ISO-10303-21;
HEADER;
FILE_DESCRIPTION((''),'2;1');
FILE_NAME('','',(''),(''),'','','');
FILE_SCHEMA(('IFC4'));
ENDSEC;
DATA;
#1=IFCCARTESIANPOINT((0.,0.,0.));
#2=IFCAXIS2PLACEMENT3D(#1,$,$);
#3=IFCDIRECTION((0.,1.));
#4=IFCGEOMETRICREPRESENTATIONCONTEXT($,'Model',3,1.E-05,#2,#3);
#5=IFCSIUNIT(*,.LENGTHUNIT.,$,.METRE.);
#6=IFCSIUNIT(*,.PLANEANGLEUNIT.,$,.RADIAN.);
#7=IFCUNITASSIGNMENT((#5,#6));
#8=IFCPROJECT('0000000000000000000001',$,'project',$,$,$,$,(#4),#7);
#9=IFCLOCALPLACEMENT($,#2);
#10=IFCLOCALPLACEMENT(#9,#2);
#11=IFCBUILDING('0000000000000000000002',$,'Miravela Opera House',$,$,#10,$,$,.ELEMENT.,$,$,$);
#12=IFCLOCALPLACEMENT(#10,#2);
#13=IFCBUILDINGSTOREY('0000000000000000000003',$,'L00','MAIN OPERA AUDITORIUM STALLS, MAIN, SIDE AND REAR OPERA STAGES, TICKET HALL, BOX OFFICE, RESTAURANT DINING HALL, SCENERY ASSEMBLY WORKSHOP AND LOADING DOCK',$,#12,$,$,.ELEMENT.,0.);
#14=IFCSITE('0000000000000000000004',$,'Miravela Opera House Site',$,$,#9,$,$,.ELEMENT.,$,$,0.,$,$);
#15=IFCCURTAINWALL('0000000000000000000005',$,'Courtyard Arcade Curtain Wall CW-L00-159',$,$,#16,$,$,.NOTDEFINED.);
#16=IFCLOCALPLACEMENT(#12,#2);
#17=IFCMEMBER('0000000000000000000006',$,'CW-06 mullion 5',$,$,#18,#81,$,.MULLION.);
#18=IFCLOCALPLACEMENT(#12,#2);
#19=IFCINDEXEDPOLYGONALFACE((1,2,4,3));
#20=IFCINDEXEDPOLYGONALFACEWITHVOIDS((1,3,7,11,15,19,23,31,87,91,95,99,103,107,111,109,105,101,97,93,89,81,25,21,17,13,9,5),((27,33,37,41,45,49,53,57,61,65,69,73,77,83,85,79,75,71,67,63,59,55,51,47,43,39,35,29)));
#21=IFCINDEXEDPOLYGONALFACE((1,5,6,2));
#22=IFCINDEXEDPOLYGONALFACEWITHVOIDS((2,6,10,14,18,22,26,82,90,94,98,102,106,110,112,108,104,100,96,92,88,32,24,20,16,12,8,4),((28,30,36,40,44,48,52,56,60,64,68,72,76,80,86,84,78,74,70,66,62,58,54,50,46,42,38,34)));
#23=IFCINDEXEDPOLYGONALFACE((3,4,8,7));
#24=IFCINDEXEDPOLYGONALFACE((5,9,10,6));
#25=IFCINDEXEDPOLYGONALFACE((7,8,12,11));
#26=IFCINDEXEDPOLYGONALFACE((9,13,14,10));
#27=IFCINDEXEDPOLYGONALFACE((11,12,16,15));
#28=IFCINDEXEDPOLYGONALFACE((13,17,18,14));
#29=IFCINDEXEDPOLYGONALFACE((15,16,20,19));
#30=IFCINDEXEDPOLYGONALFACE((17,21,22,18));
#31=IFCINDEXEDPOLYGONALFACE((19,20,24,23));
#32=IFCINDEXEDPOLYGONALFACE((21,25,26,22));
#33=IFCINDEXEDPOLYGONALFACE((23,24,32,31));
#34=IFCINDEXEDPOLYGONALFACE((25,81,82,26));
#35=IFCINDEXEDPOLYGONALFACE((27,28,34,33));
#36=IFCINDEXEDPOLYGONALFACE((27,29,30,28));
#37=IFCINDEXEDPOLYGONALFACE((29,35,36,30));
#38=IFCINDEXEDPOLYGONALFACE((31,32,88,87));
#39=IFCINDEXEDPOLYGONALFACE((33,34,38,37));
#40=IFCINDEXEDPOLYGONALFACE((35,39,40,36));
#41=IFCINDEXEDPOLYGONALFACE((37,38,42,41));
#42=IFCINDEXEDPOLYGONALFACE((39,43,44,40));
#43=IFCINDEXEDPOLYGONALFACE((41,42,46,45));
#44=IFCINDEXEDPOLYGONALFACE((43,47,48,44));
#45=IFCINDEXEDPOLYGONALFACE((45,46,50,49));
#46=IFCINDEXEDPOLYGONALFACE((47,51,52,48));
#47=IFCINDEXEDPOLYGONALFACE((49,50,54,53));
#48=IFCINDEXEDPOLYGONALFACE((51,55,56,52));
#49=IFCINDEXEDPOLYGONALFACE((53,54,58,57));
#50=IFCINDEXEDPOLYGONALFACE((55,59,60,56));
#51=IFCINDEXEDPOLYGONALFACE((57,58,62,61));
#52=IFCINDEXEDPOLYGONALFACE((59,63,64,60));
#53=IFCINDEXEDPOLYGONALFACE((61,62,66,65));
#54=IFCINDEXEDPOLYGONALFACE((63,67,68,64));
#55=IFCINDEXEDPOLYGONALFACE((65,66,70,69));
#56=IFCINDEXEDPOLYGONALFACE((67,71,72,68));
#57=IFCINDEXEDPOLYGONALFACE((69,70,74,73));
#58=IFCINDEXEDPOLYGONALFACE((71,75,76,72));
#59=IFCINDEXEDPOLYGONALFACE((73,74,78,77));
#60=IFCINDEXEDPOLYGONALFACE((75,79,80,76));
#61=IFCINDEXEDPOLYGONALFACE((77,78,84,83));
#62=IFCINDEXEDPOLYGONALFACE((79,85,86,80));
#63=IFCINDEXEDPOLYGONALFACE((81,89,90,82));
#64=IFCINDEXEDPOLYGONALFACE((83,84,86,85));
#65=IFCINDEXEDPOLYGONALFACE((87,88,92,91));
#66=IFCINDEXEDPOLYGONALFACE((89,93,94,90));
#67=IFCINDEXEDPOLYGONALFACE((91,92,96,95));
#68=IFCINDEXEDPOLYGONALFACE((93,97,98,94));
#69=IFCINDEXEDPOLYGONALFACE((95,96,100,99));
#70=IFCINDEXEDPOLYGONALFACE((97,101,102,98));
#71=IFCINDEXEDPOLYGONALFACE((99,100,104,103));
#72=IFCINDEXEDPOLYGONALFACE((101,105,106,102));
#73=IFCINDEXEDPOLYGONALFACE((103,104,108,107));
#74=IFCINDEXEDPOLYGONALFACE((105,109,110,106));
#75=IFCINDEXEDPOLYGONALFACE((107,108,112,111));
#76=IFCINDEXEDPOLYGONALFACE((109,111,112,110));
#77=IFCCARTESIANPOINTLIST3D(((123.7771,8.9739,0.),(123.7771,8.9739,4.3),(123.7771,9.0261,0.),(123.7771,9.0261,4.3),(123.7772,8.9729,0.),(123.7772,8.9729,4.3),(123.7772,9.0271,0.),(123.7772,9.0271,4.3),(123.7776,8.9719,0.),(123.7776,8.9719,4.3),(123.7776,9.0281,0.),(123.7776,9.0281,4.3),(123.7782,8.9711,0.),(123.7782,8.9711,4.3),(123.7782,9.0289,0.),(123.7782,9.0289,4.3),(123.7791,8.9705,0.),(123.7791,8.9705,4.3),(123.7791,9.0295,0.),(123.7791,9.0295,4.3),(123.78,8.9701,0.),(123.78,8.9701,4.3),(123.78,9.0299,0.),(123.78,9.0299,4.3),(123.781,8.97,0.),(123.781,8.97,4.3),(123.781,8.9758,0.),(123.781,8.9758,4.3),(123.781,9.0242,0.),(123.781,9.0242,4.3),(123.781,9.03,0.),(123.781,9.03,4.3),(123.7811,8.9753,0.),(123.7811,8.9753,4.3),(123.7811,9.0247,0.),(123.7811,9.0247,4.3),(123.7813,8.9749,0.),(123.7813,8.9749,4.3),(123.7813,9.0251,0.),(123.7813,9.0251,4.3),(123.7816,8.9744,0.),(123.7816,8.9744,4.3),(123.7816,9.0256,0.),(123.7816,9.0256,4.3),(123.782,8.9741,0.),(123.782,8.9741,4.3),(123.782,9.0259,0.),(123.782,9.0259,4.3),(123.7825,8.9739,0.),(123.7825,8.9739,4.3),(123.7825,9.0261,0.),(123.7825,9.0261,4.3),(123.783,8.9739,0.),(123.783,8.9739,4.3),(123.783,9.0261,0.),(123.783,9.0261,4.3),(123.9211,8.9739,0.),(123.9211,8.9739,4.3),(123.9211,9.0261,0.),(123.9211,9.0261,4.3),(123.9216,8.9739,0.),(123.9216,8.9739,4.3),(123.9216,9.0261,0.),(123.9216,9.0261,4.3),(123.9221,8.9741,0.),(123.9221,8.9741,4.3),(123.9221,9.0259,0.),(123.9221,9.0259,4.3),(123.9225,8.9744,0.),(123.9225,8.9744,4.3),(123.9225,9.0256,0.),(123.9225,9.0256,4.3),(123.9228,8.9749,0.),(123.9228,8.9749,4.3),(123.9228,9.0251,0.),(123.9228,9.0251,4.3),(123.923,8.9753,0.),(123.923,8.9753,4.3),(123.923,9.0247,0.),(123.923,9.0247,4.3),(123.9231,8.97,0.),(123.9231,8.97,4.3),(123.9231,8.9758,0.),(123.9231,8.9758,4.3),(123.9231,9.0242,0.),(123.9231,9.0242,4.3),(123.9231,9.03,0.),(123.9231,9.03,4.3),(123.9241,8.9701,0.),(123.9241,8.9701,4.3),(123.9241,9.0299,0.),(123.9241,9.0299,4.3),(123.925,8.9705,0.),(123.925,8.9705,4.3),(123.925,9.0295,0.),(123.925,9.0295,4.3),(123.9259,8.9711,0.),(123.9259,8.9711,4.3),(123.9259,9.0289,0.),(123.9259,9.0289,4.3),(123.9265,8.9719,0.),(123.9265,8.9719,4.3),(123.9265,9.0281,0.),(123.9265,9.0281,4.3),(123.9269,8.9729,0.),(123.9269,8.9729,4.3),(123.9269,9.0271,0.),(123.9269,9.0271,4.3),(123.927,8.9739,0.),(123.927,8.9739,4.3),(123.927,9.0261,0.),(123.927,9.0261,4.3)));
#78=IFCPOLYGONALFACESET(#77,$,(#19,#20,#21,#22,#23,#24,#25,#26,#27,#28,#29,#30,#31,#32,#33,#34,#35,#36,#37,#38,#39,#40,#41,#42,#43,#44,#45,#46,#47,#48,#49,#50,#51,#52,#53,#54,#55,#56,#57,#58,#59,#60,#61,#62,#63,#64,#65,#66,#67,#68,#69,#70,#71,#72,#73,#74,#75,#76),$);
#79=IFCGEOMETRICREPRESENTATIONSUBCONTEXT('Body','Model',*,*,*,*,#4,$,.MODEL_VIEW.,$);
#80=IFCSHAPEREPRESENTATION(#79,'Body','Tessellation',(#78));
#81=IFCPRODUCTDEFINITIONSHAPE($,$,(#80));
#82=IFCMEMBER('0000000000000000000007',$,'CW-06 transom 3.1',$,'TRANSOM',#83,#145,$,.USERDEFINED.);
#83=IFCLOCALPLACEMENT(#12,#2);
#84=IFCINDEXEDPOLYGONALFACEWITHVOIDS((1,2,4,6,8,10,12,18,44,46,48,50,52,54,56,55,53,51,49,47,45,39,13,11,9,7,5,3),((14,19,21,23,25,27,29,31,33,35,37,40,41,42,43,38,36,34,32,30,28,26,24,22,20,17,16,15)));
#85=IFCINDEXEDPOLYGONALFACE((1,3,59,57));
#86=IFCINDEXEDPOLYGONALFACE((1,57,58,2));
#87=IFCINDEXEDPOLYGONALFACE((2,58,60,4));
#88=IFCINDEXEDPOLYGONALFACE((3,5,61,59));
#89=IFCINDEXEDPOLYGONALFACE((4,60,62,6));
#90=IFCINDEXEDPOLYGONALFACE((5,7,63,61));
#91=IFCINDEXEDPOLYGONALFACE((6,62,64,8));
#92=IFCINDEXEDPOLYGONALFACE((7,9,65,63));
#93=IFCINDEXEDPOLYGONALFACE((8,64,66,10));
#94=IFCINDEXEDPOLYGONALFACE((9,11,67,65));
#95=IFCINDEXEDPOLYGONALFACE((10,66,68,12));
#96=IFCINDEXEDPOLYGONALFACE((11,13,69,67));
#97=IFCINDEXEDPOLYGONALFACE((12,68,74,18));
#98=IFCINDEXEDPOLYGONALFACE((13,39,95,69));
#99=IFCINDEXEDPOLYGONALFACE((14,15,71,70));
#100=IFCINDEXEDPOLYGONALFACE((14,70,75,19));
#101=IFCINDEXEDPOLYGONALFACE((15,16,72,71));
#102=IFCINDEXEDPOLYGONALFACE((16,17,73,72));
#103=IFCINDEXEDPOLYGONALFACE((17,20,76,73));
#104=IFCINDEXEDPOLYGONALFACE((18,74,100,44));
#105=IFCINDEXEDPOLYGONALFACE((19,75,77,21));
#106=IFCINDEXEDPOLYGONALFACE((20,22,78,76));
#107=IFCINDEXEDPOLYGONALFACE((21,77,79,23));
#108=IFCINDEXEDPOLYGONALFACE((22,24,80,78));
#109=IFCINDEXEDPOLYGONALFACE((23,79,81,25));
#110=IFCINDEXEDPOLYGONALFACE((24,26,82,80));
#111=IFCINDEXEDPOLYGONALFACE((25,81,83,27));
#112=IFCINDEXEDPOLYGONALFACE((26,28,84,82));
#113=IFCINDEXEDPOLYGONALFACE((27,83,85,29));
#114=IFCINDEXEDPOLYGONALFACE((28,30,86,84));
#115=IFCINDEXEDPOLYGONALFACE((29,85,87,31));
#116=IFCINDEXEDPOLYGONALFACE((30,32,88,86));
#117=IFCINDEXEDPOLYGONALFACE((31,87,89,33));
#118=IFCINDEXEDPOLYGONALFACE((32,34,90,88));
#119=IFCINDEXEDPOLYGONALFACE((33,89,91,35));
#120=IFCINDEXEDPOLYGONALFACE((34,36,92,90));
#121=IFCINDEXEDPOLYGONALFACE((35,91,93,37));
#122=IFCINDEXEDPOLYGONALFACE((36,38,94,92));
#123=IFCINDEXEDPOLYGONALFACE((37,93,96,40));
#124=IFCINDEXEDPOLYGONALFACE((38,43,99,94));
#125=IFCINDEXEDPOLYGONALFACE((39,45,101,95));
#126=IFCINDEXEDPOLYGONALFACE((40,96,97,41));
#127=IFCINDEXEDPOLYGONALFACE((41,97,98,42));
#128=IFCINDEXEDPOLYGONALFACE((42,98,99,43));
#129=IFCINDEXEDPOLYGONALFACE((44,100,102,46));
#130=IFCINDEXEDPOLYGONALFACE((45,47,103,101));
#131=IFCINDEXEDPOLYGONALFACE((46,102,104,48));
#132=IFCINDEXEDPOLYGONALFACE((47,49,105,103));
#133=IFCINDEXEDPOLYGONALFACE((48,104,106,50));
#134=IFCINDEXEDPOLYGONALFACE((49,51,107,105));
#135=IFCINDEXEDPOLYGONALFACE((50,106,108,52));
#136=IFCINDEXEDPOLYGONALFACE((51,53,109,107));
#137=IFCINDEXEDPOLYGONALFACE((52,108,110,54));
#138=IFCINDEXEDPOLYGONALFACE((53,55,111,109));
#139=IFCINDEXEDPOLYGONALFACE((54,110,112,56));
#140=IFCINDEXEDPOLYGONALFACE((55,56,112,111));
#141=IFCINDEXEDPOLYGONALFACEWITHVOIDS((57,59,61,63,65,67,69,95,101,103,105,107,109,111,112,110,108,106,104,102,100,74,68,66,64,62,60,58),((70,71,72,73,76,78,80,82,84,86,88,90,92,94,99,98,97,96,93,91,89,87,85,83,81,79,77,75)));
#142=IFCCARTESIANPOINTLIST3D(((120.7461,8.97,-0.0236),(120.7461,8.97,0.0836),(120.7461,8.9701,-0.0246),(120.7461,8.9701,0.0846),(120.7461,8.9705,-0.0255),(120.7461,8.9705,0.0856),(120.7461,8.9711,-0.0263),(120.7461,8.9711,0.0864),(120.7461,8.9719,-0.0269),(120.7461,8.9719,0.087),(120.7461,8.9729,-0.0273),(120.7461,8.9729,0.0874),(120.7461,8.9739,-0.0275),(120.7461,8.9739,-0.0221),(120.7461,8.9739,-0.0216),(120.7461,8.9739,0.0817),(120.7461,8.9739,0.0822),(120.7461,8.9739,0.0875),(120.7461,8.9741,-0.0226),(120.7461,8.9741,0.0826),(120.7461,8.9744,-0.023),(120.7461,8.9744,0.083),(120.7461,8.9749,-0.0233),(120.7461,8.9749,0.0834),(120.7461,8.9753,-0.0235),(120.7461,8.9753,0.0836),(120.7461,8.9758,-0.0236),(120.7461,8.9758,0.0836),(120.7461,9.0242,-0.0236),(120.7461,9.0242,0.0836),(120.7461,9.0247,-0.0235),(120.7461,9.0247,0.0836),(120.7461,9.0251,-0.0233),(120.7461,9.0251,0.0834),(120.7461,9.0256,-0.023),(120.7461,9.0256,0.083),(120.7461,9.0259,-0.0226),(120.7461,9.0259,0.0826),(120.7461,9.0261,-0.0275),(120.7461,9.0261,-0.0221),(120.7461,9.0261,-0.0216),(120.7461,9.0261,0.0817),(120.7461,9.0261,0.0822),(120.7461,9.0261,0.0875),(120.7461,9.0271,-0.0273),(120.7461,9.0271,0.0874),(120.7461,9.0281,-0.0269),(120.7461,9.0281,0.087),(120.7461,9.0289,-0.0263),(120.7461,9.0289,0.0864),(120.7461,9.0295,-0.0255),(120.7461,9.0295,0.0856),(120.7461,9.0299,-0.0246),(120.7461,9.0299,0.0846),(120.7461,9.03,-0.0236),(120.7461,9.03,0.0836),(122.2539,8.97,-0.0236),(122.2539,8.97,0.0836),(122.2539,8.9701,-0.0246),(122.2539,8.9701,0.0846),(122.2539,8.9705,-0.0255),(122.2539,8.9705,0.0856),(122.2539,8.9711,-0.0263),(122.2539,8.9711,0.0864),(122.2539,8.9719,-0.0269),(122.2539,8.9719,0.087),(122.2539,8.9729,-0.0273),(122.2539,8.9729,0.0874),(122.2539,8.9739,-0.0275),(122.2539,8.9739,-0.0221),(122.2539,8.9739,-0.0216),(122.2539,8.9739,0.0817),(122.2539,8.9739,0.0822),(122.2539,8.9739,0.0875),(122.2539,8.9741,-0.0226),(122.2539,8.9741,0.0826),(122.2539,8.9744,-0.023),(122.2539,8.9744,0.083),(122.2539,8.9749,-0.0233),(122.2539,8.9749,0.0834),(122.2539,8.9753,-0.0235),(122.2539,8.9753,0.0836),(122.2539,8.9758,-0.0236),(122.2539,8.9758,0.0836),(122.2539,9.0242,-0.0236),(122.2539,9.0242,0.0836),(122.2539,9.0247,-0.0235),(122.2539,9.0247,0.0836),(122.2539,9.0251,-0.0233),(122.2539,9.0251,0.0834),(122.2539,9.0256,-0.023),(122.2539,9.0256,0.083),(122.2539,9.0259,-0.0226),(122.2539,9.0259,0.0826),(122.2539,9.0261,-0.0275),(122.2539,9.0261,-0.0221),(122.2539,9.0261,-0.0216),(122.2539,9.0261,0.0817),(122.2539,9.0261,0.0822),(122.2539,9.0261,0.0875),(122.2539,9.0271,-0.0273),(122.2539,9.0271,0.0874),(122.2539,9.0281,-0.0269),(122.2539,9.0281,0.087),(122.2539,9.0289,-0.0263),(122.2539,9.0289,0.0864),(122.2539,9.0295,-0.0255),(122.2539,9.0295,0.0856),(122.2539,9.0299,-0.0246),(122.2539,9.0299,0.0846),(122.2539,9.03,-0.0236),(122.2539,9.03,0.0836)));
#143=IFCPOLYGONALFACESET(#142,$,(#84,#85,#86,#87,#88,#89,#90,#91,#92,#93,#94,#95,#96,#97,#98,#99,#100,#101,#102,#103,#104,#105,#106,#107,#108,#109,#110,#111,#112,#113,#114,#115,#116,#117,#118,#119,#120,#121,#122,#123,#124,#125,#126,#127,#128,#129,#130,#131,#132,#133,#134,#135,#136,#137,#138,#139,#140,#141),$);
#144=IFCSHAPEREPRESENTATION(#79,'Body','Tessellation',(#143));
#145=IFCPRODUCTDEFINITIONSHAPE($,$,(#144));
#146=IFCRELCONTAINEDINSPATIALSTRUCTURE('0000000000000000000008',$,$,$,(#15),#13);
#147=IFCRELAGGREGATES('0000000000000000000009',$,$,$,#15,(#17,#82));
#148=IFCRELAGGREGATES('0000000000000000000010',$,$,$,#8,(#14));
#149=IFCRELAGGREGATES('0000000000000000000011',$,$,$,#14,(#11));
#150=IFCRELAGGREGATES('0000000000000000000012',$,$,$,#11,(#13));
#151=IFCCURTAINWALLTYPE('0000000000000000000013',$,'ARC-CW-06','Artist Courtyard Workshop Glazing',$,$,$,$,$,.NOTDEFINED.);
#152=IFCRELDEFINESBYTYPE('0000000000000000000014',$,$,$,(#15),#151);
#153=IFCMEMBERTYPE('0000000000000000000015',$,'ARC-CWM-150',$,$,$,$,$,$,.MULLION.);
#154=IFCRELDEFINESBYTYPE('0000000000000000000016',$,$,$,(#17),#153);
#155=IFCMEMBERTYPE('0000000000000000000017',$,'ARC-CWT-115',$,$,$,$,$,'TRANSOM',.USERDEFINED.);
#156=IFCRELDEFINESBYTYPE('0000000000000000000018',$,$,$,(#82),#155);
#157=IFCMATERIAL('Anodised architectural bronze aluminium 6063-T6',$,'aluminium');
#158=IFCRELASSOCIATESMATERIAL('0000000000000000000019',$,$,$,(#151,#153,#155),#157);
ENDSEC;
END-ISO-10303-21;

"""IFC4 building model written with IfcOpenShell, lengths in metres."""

from ifc_helpers import new_model, si_unit, direction, frame, origin, origin_2d, place, context, subcontext, project, spatial, hollow_rectangle, extrude, material, material_profile, profile_set, type_object, element, aggregate, save


model = new_model("IFC4")

# Units and contexts
model_context = context("Model", 3, precision=1e-05, world=origin(), true_north=direction((0.0, 1.0)))
body_context = subcontext(model_context, "Body", "Model", "MODEL_VIEW")
ifc_project = project(units=[si_unit("LENGTHUNIT", "METRE"), si_unit("PLANEANGLEUNIT", "RADIAN")], contexts=[model_context])

# Site, building, storey
site_placement = place(None, origin())
site = spatial("IfcSite", under=ifc_project, at=site_placement, Name="Miravela Opera House Site", CompositionType="ELEMENT", RefElevation=0.0)
building_placement = place(site_placement, origin())
building = spatial("IfcBuilding", under=site, at=building_placement, Name="Miravela Opera House", CompositionType="ELEMENT")
storey_placement = place(building_placement, origin())
storey = spatial("IfcBuildingStorey", under=building, at=storey_placement, Name="L00", Description="MAIN OPERA AUDITORIUM STALLS, MAIN, SIDE AND REAR OPERA STAGES, TICKET HALL, BOX OFFICE, RESTAURANT DINING HALL, SCENERY ASSEMBLY WORKSHOP AND LOADING DOCK", CompositionType="ELEMENT", Elevation=0.0)

# Curtain wall, members
ifc_material_1 = material(Name="Anodised architectural bronze aluminium 6063-T6", Category="aluminium")
curtain_wall_type = type_object("IfcCurtainWallType", Name="ARC-CW-06", Description="Artist Courtyard Workshop Glazing", PredefinedType="NOTDEFINED", material=ifc_material_1)
curtain_wall_placement = place(storey_placement, origin())
curtain_wall = element("IfcCurtainWall", 1, at=curtain_wall_placement, inside=storey, type_object=curtain_wall_type, Name="Courtyard Arcade Curtain Wall CW-L00-159", PredefinedType="NOTDEFINED")
ifc_material_profile_1 = material_profile(ifc_material_1, hollow_rectangle(XDim=0.0601, YDim=0.1499, WallThickness=0.0039, InnerFilletRadius=0.002, OuterFilletRadius=0.0039, at=origin_2d()), Name="CWM-60X150")
ifc_profile_set_1 = profile_set([ifc_material_profile_1])
member_type_1 = type_object("IfcMemberType", Name="ARC-CWM-150", PredefinedType="MULLION", material=ifc_profile_set_1)
member_1_placement = place(storey_placement, frame((123.8521, 9.0, 0.0), z_axis=(0.0, 0.0, 1.0), x_axis=(0.0, 1.0, 0.0)))
member_1 = element("IfcMember", 2, at=member_1_placement, type_object=member_type_1, Name="CW-06 mullion 5", PredefinedType="MULLION", context=body_context, shape_type="SweptSolid", body=[
    extrude(hollow_rectangle(XDim=0.0601, YDim=0.1499, WallThickness=0.0039, InnerFilletRadius=0.002, OuterFilletRadius=0.0039, at=origin_2d()), origin(), (0.0, 0.0, 1.0), 4.3),
])
ifc_material_profile_2 = material_profile(ifc_material_1, hollow_rectangle(XDim=0.0601, YDim=0.115, WallThickness=0.0039, InnerFilletRadius=0.002, OuterFilletRadius=0.0039, at=origin_2d()), Name="CWT-60X115")
ifc_profile_set_2 = profile_set([ifc_material_profile_2])
member_type_2 = type_object("IfcMemberType", Name="ARC-CWT-115", ElementType="TRANSOM", PredefinedType="USERDEFINED", material=ifc_profile_set_2)
member_2_placement = place(storey_placement, frame((120.7461, 9.0, 0.03), z_axis=(1.0, 0.0, 0.0), x_axis=(0.0, 1.0, 0.0)))
member_2 = element("IfcMember", 3, at=member_2_placement, type_object=member_type_2, Name="CW-06 transom 3.1", ObjectType="TRANSOM", PredefinedType="USERDEFINED", context=body_context, shape_type="SweptSolid", body=[
    extrude(hollow_rectangle(XDim=0.0601, YDim=0.115, WallThickness=0.0039, InnerFilletRadius=0.002, OuterFilletRadius=0.0039, at=origin_2d()), origin(), (0.0, 0.0, 1.0), 1.5078),
])
aggregate(curtain_wall, [member_1, member_2])

save(model, "model.ifc")
